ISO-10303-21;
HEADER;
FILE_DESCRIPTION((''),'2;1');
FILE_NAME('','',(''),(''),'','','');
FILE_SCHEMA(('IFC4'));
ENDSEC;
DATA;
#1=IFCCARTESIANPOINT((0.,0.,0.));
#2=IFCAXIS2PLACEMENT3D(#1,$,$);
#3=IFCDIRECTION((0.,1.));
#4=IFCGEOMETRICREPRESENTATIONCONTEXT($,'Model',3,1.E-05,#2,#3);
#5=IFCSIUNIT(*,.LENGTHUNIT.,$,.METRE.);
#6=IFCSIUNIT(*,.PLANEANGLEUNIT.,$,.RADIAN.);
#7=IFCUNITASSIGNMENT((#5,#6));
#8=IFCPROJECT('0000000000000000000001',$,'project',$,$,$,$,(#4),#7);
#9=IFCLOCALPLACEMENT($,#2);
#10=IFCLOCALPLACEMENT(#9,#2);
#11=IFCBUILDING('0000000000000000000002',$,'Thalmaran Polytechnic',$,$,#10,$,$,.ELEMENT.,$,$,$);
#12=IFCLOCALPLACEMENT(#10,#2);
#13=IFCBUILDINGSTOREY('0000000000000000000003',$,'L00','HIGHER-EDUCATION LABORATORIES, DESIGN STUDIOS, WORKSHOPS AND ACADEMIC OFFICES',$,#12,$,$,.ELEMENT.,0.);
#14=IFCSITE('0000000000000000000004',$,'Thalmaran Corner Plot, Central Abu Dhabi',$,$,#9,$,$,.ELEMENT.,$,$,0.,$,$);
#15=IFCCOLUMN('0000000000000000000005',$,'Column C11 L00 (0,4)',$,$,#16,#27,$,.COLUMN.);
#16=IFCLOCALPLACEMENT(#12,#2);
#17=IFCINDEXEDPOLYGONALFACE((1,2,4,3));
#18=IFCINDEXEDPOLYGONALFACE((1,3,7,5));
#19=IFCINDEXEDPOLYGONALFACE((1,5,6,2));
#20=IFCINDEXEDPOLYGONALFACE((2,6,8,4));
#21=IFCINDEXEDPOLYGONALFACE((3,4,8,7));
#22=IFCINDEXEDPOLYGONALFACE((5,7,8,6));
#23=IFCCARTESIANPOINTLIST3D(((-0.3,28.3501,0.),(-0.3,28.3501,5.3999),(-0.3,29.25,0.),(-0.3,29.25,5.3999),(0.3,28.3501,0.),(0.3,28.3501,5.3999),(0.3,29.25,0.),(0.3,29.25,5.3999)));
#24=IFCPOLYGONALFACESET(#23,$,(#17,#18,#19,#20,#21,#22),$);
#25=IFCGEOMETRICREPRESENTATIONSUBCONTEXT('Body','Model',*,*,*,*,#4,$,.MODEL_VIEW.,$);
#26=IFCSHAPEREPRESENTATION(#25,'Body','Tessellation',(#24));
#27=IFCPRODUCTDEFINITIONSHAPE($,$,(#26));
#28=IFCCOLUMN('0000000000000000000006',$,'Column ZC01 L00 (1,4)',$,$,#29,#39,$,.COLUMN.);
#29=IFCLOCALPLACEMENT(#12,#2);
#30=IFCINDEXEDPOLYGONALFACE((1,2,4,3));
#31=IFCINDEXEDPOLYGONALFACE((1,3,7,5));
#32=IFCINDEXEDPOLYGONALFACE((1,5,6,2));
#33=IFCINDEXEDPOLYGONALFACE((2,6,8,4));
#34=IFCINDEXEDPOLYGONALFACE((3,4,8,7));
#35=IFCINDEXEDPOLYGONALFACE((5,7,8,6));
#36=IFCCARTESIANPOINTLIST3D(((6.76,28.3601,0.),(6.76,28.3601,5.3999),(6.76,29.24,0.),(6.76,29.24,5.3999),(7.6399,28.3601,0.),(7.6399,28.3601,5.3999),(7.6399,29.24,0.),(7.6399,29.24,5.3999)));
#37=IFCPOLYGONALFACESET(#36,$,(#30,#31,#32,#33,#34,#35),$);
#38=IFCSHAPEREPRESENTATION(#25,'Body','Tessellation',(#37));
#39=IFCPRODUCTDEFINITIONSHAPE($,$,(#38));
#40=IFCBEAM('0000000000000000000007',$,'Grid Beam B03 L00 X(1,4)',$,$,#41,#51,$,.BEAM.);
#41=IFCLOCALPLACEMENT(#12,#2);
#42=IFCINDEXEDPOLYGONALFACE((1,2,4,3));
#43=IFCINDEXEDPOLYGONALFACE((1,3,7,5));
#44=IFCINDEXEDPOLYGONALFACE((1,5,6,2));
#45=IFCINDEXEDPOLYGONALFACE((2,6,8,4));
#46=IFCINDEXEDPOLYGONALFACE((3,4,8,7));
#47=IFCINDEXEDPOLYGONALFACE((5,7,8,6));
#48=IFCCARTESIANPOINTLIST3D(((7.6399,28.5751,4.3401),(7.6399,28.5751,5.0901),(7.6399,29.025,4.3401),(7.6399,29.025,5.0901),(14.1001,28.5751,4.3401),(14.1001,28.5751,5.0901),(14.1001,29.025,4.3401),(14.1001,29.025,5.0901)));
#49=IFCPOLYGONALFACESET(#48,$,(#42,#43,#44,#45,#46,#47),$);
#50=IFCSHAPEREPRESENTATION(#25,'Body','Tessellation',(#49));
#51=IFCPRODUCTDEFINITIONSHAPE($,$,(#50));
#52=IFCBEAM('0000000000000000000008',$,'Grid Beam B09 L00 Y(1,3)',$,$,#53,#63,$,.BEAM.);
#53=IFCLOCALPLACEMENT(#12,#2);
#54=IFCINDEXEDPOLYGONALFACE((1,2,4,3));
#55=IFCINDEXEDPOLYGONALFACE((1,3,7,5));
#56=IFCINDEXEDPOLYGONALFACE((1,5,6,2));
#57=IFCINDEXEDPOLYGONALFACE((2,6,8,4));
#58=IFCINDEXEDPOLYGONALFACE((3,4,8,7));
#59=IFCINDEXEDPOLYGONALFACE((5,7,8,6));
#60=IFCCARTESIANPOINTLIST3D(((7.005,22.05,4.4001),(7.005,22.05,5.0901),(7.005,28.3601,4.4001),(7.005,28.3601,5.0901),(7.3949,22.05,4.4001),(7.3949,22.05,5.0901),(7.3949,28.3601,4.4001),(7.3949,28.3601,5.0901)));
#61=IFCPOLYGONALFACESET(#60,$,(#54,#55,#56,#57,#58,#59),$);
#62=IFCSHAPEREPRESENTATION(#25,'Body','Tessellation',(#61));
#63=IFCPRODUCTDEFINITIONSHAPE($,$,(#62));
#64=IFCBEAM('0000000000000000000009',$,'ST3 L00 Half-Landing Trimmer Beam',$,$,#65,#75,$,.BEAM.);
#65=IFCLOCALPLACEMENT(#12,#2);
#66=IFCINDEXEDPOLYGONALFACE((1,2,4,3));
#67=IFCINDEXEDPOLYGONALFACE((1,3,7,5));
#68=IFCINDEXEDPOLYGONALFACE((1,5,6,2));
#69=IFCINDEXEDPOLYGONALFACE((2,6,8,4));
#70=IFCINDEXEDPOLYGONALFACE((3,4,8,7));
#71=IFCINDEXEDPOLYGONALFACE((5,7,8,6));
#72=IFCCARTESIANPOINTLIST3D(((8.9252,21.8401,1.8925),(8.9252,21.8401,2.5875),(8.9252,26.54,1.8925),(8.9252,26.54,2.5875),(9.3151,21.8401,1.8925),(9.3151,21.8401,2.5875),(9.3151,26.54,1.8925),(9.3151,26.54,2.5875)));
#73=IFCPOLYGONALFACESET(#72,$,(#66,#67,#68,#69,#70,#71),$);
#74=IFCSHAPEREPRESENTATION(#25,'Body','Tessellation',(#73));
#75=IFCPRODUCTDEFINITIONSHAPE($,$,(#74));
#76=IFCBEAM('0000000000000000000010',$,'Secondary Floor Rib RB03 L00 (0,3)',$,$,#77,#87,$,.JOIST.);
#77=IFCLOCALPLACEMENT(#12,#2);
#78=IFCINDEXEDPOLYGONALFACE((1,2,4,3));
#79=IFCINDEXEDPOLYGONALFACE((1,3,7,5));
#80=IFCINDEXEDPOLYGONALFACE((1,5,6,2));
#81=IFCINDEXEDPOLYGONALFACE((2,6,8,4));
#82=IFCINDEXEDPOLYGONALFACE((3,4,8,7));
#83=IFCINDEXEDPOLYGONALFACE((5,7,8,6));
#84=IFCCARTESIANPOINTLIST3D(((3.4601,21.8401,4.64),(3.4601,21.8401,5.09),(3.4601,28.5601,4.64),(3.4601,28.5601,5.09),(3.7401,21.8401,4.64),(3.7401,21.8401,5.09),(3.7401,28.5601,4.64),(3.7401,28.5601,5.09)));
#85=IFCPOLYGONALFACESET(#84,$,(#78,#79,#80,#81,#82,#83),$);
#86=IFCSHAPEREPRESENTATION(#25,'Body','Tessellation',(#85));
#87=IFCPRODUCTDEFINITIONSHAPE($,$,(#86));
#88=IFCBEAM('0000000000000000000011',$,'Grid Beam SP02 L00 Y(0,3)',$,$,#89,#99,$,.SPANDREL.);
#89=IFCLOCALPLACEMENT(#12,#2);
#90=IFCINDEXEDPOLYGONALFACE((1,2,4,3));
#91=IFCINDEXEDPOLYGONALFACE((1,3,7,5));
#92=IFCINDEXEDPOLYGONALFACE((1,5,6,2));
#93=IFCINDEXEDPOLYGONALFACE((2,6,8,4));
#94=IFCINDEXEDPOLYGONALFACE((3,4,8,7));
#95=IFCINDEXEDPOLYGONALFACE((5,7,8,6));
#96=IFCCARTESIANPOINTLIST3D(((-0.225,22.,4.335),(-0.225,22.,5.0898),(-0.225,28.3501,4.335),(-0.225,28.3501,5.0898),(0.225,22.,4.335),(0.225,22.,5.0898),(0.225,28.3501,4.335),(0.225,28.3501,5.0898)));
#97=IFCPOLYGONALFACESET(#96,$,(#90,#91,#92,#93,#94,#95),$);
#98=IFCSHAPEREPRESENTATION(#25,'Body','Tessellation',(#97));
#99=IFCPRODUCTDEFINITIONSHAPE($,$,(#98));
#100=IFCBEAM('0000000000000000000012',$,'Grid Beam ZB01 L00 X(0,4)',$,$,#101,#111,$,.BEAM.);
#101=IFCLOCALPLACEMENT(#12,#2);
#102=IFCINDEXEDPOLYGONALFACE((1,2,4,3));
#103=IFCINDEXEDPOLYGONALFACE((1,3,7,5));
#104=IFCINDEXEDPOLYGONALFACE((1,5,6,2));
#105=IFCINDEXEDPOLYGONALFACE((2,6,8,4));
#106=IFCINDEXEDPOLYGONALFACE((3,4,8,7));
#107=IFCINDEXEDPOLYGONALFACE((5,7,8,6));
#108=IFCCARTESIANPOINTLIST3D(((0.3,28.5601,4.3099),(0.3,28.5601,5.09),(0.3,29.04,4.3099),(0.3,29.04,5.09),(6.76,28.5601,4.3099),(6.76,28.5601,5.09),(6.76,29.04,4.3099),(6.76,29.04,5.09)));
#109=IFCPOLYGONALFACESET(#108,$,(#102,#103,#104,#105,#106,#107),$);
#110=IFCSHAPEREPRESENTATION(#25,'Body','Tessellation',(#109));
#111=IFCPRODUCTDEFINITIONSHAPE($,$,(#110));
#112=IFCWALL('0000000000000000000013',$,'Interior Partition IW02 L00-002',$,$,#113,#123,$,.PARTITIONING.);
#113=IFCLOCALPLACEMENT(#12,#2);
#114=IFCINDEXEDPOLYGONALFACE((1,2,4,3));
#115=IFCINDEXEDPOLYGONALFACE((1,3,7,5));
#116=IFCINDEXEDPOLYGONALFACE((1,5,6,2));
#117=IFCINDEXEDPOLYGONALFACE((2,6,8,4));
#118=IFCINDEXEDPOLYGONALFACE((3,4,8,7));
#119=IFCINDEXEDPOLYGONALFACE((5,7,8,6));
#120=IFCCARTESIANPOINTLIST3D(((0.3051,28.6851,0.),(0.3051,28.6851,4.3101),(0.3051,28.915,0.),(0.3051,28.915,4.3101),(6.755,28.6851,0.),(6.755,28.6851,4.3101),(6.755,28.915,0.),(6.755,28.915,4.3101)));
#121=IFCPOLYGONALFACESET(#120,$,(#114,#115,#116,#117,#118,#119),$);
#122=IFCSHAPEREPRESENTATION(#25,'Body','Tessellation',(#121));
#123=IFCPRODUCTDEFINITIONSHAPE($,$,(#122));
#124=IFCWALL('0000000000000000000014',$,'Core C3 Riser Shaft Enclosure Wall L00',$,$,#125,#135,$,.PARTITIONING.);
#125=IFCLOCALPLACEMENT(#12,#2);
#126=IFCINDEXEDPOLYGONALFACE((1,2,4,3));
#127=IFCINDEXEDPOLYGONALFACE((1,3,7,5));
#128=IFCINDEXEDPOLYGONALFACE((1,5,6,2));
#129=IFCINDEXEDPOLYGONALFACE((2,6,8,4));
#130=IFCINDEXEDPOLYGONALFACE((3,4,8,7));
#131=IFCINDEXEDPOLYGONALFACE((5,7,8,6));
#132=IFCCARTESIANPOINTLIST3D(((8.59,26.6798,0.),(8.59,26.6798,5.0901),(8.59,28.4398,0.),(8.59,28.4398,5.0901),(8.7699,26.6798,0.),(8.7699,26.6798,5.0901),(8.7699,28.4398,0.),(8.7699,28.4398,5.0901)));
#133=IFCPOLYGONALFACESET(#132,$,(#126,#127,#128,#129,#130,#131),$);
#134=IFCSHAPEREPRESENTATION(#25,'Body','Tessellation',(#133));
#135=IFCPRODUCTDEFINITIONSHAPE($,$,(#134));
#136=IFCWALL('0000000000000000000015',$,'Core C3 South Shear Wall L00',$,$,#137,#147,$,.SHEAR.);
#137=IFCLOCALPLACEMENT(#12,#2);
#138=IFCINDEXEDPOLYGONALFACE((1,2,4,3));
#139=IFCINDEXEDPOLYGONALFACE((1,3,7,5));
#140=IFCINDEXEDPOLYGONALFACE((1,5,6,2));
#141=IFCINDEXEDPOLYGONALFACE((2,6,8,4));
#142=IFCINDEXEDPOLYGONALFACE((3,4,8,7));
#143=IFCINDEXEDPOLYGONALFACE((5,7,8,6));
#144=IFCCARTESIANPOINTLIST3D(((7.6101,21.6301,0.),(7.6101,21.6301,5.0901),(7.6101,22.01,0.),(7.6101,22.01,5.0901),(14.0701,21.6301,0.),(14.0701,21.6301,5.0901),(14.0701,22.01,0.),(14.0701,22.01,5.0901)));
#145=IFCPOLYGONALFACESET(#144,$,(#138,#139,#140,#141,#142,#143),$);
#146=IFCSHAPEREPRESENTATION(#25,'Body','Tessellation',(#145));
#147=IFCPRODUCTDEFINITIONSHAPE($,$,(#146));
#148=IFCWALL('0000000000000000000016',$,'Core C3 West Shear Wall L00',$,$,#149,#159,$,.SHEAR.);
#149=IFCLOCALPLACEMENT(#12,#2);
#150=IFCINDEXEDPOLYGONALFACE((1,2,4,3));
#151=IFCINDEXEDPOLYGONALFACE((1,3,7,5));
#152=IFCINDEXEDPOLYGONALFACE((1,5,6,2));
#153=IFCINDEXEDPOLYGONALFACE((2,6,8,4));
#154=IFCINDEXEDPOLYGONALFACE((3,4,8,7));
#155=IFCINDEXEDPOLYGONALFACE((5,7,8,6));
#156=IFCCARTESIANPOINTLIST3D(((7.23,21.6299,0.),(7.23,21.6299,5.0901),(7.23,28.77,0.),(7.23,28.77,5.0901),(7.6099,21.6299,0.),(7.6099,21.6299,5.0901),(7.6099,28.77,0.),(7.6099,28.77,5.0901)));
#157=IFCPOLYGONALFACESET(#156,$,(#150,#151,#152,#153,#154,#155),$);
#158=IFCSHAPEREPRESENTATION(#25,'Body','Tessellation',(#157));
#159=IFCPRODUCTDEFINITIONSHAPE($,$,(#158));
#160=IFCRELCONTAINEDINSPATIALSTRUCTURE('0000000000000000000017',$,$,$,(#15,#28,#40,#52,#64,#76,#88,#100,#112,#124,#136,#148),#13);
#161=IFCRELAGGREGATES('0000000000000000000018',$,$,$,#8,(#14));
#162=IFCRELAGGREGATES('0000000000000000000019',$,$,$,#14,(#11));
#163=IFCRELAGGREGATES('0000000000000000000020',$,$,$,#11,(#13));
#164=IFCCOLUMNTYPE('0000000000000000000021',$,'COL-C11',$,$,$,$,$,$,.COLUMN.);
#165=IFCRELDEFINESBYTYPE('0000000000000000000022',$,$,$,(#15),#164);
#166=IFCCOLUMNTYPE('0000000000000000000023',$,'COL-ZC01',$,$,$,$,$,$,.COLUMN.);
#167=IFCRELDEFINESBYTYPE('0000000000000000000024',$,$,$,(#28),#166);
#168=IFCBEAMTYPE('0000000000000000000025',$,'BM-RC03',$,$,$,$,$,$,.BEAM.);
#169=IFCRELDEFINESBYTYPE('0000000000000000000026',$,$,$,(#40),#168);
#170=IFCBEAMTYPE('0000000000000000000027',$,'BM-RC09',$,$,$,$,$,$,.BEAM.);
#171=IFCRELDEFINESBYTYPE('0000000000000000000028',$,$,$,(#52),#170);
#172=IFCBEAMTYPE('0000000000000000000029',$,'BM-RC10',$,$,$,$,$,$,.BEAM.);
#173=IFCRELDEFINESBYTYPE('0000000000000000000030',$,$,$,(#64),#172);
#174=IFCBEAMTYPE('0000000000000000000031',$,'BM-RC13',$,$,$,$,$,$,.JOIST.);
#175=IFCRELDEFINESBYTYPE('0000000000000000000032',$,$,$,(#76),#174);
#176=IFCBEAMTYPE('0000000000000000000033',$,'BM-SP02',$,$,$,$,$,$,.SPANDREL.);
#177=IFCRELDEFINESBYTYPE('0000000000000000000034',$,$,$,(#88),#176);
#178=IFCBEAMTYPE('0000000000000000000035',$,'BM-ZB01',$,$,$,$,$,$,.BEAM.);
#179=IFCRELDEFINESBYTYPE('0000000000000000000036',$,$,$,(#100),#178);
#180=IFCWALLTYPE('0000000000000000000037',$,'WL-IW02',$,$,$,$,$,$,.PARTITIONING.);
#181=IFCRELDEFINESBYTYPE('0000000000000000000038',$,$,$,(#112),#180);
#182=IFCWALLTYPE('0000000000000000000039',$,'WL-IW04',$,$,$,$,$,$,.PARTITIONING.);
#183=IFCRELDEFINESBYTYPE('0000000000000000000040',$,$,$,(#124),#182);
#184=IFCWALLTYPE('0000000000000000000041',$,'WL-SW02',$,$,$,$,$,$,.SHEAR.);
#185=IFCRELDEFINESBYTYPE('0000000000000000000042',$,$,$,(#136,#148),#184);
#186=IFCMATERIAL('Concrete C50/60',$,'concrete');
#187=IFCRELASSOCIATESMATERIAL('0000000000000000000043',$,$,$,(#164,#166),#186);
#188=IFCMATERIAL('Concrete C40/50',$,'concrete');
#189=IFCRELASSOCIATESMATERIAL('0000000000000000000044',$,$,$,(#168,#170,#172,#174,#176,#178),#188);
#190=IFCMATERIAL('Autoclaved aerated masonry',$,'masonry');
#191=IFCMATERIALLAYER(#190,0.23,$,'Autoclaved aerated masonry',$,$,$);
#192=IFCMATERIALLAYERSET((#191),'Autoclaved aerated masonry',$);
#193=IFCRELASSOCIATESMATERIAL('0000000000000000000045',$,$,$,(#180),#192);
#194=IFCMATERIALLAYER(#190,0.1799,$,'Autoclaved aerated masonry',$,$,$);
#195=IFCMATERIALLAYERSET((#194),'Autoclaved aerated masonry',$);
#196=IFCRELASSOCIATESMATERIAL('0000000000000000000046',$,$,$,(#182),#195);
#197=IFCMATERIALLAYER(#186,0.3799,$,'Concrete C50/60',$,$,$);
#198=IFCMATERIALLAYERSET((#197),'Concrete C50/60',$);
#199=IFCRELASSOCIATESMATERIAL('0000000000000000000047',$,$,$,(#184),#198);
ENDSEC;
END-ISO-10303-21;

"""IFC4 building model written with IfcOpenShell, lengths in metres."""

from ifc_helpers import new_model, si_unit, direction, frame, frame_2d, origin, origin_2d, place, context, subcontext, project, spatial, rectangle, extrude, material, layer, layer_set, material_profile, profile_set, type_object, element, save


model = new_model("IFC4")

# Units and contexts
model_context = context("Model", 3, precision=1e-05, world=origin(), true_north=direction((0.0, 1.0)))
body_context = subcontext(model_context, "Body", "Model", "MODEL_VIEW")
ifc_project = project(units=[si_unit("LENGTHUNIT", "METRE"), si_unit("PLANEANGLEUNIT", "RADIAN")], contexts=[model_context])

# Site, building, storey
site_placement = place(None, origin())
site = spatial("IfcSite", under=ifc_project, at=site_placement, Name="Thalmaran Corner Plot, Central Abu Dhabi", CompositionType="ELEMENT", RefElevation=0.0)
building_placement = place(site_placement, origin())
building = spatial("IfcBuilding", under=site, at=building_placement, Name="Thalmaran Polytechnic", CompositionType="ELEMENT")
storey_placement = place(building_placement, origin())
storey = spatial("IfcBuildingStorey", under=building, at=storey_placement, Name="L00", Description="HIGHER-EDUCATION LABORATORIES, DESIGN STUDIOS, WORKSHOPS AND ACADEMIC OFFICES", CompositionType="ELEMENT", Elevation=0.0)

# Columns
ifc_material_1 = material(Name="Concrete C50/60", Category="concrete")
ifc_material_profile_1 = material_profile(ifc_material_1, rectangle(XDim=0.6001, YDim=0.8999, at=origin_2d()), Name="RC 600x900")
ifc_profile_set_1 = profile_set([ifc_material_profile_1], Name="Concrete C50/60")
column_type_1 = type_object("IfcColumnType", Name="COL-C11", PredefinedType="COLUMN", material=ifc_profile_set_1)
column_1_placement = place(storey_placement, frame((0.0, 28.8, 0.0), z_axis=(0.0, 0.0, 1.0), x_axis=(1.0, 0.0, 0.0)))
element("IfcColumn", 1, at=column_1_placement, inside=storey, type_object=column_type_1, Name="Column C11 L00 (0,4)", PredefinedType="COLUMN", context=body_context, shape_type="SweptSolid", body=[
    extrude(rectangle(XDim=0.6001, YDim=0.8999, at=origin_2d()), origin(), (0.0, 0.0, 1.0), 5.3999),
])
ifc_material_profile_2 = material_profile(ifc_material_1, rectangle(XDim=0.8799, YDim=0.8799, at=origin_2d()), Name="RC 880x880")
ifc_profile_set_2 = profile_set([ifc_material_profile_2], Name="Concrete C50/60")
column_type_2 = type_object("IfcColumnType", Name="COL-ZC01", PredefinedType="COLUMN", material=ifc_profile_set_2)
column_2_placement = place(storey_placement, frame((7.2, 28.8, 0.0), z_axis=(0.0, 0.0, 1.0), x_axis=(1.0, 0.0, 0.0)))
element("IfcColumn", 2, at=column_2_placement, inside=storey, type_object=column_type_2, Name="Column ZC01 L00 (1,4)", PredefinedType="COLUMN", context=body_context, shape_type="SweptSolid", body=[
    extrude(rectangle(XDim=0.8799, YDim=0.8799, at=origin_2d()), origin(), (0.0, 0.0, 1.0), 5.3999),
])

# Beams
ifc_material_2 = material(Name="Concrete C40/50", Category="concrete")
ifc_material_profile_3 = material_profile(ifc_material_2, rectangle(XDim=0.45, YDim=0.75, at=origin_2d()), Name="RC 450x750")
ifc_profile_set_3 = profile_set([ifc_material_profile_3], Name="Concrete C40/50")
beam_type_1 = type_object("IfcBeamType", Name="BM-RC03", PredefinedType="BEAM", material=ifc_profile_set_3)
beam_1_placement = place(storey_placement, frame((7.6399, 28.8, 4.7151), z_axis=(1.0, 0.0, 0.0), x_axis=(0.0, 1.0, 0.0)))
element("IfcBeam", 3, at=beam_1_placement, inside=storey, type_object=beam_type_1, Name="Grid Beam B03 L00 X(1,4)", PredefinedType="BEAM", context=body_context, shape_type="SweptSolid", body=[
    extrude(rectangle(XDim=0.45, YDim=0.75, at=origin_2d()), origin(), (0.0, 0.0, 1.0), 6.4602),
])
ifc_material_profile_4 = material_profile(ifc_material_2, rectangle(XDim=0.3899, YDim=0.6899, at=origin_2d()), Name="RC 390x690")
ifc_profile_set_4 = profile_set([ifc_material_profile_4], Name="Concrete C40/50")
beam_type_2 = type_object("IfcBeamType", Name="BM-RC09", PredefinedType="BEAM", material=ifc_profile_set_4)
beam_2_placement = place(storey_placement, frame((7.2, 22.05, 4.7451), z_axis=(0.0, 1.0, 0.0), x_axis=(-1.0, 0.0, 0.0)))
element("IfcBeam", 4, at=beam_2_placement, inside=storey, type_object=beam_type_2, Name="Grid Beam B09 L00 Y(1,3)", PredefinedType="BEAM", context=body_context, shape_type="SweptSolid", body=[
    extrude(rectangle(XDim=0.3899, YDim=0.6899, at=origin_2d()), origin(), (0.0, 0.0, 1.0), 6.3101),
])
ifc_material_profile_5 = material_profile(ifc_material_2, rectangle(XDim=0.3899, YDim=0.6951, at=origin_2d()), Name="RC 390x695")
ifc_profile_set_5 = profile_set([ifc_material_profile_5], Name="Concrete C40/50")
beam_type_3 = type_object("IfcBeamType", Name="BM-RC10", PredefinedType="BEAM", material=ifc_profile_set_5)
beam_3_placement = place(storey_placement, frame((9.1201, 21.8401, 2.24), z_axis=(0.0, 1.0, 0.0), x_axis=(-1.0, 0.0, 0.0)))
element("IfcBeam", 5, at=beam_3_placement, inside=storey, type_object=beam_type_3, Name="ST3 L00 Half-Landing Trimmer Beam", PredefinedType="BEAM", context=body_context, shape_type="SweptSolid", body=[
    extrude(rectangle(XDim=0.3899, YDim=0.6951, at=origin_2d()), origin(), (0.0, 0.0, 1.0), 4.7),
])
ifc_material_profile_6 = material_profile(ifc_material_2, rectangle(XDim=0.28, YDim=0.45, at=origin_2d()), Name="RC 280x450")
ifc_profile_set_6 = profile_set([ifc_material_profile_6], Name="Concrete C40/50")
beam_type_4 = type_object("IfcBeamType", Name="BM-RC13", PredefinedType="JOIST", material=ifc_profile_set_6)
beam_4_placement = place(storey_placement, frame((3.6001, 21.8401, 4.865), z_axis=(0.0, 1.0, 0.0), x_axis=(-1.0, 0.0, 0.0)))
element("IfcBeam", 6, at=beam_4_placement, inside=storey, type_object=beam_type_4, Name="Secondary Floor Rib RB03 L00 (0,3)", PredefinedType="JOIST", context=body_context, shape_type="SweptSolid", body=[
    extrude(rectangle(XDim=0.28, YDim=0.45, at=origin_2d()), origin(), (0.0, 0.0, 1.0), 6.72),
])
ifc_material_profile_7 = material_profile(ifc_material_2, rectangle(XDim=0.45, YDim=0.7549, at=origin_2d()), Name="RC 450x755")
ifc_profile_set_7 = profile_set([ifc_material_profile_7], Name="Concrete C40/50")
beam_type_5 = type_object("IfcBeamType", Name="BM-SP02", PredefinedType="SPANDREL", material=ifc_profile_set_7)
beam_5_placement = place(storey_placement, frame((0.0, 22.0, 4.7124), z_axis=(0.0, 1.0, 0.0), x_axis=(-1.0, 0.0, 0.0)))
element("IfcBeam", 7, at=beam_5_placement, inside=storey, type_object=beam_type_5, Name="Grid Beam SP02 L00 Y(0,3)", PredefinedType="SPANDREL", context=body_context, shape_type="SweptSolid", body=[
    extrude(rectangle(XDim=0.45, YDim=0.7549, at=origin_2d()), origin(), (0.0, 0.0, 1.0), 6.3501),
])
ifc_material_profile_8 = material_profile(ifc_material_2, rectangle(XDim=0.48, YDim=0.78, at=origin_2d()), Name="RC 480x780")
ifc_profile_set_8 = profile_set([ifc_material_profile_8], Name="Concrete C40/50")
beam_type_6 = type_object("IfcBeamType", Name="BM-ZB01", PredefinedType="BEAM", material=ifc_profile_set_8)
beam_6_placement = place(storey_placement, frame((0.3, 28.8, 4.7), z_axis=(1.0, 0.0, 0.0), x_axis=(0.0, 1.0, 0.0)))
element("IfcBeam", 8, at=beam_6_placement, inside=storey, type_object=beam_type_6, Name="Grid Beam ZB01 L00 X(0,4)", PredefinedType="BEAM", context=body_context, shape_type="SweptSolid", body=[
    extrude(rectangle(XDim=0.48, YDim=0.78, at=origin_2d()), origin(), (0.0, 0.0, 1.0), 6.46),
])

# Walls
ifc_material_3 = material(Name="Autoclaved aerated masonry", Category="masonry")
ifc_layer_1 = layer(ifc_material_3, 0.23, Name="Autoclaved aerated masonry")
ifc_layer_set_1 = layer_set([ifc_layer_1], Name="Autoclaved aerated masonry")
wall_type_1 = type_object("IfcWallType", Name="WL-IW02", PredefinedType="PARTITIONING", material=ifc_layer_set_1)
wall_1_placement = place(storey_placement, frame((0.3049, 28.8, 0.0), z_axis=(0.0, 0.0, 1.0), x_axis=(1.0, 0.0, 0.0)))
element("IfcWall", 9, at=wall_1_placement, inside=storey, type_object=wall_type_1, Name="Interior Partition IW02 L00-002", PredefinedType="PARTITIONING", context=body_context, shape_type="SweptSolid", body=[
    extrude(rectangle(XDim=6.45, YDim=0.23, at=frame_2d((3.2251, 0.0))), origin(), (0.0, 0.0, 1.0), 4.3101),
])
ifc_layer_2 = layer(ifc_material_3, 0.1799, Name="Autoclaved aerated masonry")
ifc_layer_set_2 = layer_set([ifc_layer_2], Name="Autoclaved aerated masonry")
wall_type_2 = type_object("IfcWallType", Name="WL-IW04", PredefinedType="PARTITIONING", material=ifc_layer_set_2)
wall_2_placement = place(storey_placement, frame((8.6799, 26.6799, 0.0), z_axis=(0.0, 0.0, 1.0), x_axis=(0.0, 1.0, 0.0)))
element("IfcWall", 10, at=wall_2_placement, inside=storey, type_object=wall_type_2, Name="Core C3 Riser Shaft Enclosure Wall L00", PredefinedType="PARTITIONING", context=body_context, shape_type="SweptSolid", body=[
    extrude(rectangle(XDim=1.76, YDim=0.1799, at=frame_2d((0.8799, 0.0))), origin(), (0.0, 0.0, 1.0), 5.0901),
])
ifc_layer_3 = layer(ifc_material_1, 0.3799, Name="Concrete C50/60")
ifc_layer_set_3 = layer_set([ifc_layer_3], Name="Concrete C50/60")
wall_type_3 = type_object("IfcWallType", Name="WL-SW02", PredefinedType="SHEAR", material=ifc_layer_set_3)
wall_3_placement = place(storey_placement, frame((7.6101, 21.8201, 0.0), z_axis=(0.0, 0.0, 1.0), x_axis=(1.0, 0.0, 0.0)))
element("IfcWall", 11, at=wall_3_placement, inside=storey, type_object=wall_type_3, Name="Core C3 South Shear Wall L00", PredefinedType="SHEAR", context=body_context, shape_type="SweptSolid", body=[
    extrude(rectangle(XDim=6.46, YDim=0.3799, at=frame_2d((3.23, 0.0))), origin(), (0.0, 0.0, 1.0), 5.0901),
])
wall_4_placement = place(storey_placement, frame((7.4199, 28.77, 0.0), z_axis=(0.0, 0.0, 1.0), x_axis=(0.0, -1.0, 0.0)))
element("IfcWall", 12, at=wall_4_placement, inside=storey, type_object=wall_type_3, Name="Core C3 West Shear Wall L00", PredefinedType="SHEAR", context=body_context, shape_type="SweptSolid", body=[
    extrude(rectangle(XDim=7.1401, YDim=0.3799, at=frame_2d((3.5701, 0.0))), origin(), (0.0, 0.0, 1.0), 5.0901),
])

save(model, "model.ifc")
